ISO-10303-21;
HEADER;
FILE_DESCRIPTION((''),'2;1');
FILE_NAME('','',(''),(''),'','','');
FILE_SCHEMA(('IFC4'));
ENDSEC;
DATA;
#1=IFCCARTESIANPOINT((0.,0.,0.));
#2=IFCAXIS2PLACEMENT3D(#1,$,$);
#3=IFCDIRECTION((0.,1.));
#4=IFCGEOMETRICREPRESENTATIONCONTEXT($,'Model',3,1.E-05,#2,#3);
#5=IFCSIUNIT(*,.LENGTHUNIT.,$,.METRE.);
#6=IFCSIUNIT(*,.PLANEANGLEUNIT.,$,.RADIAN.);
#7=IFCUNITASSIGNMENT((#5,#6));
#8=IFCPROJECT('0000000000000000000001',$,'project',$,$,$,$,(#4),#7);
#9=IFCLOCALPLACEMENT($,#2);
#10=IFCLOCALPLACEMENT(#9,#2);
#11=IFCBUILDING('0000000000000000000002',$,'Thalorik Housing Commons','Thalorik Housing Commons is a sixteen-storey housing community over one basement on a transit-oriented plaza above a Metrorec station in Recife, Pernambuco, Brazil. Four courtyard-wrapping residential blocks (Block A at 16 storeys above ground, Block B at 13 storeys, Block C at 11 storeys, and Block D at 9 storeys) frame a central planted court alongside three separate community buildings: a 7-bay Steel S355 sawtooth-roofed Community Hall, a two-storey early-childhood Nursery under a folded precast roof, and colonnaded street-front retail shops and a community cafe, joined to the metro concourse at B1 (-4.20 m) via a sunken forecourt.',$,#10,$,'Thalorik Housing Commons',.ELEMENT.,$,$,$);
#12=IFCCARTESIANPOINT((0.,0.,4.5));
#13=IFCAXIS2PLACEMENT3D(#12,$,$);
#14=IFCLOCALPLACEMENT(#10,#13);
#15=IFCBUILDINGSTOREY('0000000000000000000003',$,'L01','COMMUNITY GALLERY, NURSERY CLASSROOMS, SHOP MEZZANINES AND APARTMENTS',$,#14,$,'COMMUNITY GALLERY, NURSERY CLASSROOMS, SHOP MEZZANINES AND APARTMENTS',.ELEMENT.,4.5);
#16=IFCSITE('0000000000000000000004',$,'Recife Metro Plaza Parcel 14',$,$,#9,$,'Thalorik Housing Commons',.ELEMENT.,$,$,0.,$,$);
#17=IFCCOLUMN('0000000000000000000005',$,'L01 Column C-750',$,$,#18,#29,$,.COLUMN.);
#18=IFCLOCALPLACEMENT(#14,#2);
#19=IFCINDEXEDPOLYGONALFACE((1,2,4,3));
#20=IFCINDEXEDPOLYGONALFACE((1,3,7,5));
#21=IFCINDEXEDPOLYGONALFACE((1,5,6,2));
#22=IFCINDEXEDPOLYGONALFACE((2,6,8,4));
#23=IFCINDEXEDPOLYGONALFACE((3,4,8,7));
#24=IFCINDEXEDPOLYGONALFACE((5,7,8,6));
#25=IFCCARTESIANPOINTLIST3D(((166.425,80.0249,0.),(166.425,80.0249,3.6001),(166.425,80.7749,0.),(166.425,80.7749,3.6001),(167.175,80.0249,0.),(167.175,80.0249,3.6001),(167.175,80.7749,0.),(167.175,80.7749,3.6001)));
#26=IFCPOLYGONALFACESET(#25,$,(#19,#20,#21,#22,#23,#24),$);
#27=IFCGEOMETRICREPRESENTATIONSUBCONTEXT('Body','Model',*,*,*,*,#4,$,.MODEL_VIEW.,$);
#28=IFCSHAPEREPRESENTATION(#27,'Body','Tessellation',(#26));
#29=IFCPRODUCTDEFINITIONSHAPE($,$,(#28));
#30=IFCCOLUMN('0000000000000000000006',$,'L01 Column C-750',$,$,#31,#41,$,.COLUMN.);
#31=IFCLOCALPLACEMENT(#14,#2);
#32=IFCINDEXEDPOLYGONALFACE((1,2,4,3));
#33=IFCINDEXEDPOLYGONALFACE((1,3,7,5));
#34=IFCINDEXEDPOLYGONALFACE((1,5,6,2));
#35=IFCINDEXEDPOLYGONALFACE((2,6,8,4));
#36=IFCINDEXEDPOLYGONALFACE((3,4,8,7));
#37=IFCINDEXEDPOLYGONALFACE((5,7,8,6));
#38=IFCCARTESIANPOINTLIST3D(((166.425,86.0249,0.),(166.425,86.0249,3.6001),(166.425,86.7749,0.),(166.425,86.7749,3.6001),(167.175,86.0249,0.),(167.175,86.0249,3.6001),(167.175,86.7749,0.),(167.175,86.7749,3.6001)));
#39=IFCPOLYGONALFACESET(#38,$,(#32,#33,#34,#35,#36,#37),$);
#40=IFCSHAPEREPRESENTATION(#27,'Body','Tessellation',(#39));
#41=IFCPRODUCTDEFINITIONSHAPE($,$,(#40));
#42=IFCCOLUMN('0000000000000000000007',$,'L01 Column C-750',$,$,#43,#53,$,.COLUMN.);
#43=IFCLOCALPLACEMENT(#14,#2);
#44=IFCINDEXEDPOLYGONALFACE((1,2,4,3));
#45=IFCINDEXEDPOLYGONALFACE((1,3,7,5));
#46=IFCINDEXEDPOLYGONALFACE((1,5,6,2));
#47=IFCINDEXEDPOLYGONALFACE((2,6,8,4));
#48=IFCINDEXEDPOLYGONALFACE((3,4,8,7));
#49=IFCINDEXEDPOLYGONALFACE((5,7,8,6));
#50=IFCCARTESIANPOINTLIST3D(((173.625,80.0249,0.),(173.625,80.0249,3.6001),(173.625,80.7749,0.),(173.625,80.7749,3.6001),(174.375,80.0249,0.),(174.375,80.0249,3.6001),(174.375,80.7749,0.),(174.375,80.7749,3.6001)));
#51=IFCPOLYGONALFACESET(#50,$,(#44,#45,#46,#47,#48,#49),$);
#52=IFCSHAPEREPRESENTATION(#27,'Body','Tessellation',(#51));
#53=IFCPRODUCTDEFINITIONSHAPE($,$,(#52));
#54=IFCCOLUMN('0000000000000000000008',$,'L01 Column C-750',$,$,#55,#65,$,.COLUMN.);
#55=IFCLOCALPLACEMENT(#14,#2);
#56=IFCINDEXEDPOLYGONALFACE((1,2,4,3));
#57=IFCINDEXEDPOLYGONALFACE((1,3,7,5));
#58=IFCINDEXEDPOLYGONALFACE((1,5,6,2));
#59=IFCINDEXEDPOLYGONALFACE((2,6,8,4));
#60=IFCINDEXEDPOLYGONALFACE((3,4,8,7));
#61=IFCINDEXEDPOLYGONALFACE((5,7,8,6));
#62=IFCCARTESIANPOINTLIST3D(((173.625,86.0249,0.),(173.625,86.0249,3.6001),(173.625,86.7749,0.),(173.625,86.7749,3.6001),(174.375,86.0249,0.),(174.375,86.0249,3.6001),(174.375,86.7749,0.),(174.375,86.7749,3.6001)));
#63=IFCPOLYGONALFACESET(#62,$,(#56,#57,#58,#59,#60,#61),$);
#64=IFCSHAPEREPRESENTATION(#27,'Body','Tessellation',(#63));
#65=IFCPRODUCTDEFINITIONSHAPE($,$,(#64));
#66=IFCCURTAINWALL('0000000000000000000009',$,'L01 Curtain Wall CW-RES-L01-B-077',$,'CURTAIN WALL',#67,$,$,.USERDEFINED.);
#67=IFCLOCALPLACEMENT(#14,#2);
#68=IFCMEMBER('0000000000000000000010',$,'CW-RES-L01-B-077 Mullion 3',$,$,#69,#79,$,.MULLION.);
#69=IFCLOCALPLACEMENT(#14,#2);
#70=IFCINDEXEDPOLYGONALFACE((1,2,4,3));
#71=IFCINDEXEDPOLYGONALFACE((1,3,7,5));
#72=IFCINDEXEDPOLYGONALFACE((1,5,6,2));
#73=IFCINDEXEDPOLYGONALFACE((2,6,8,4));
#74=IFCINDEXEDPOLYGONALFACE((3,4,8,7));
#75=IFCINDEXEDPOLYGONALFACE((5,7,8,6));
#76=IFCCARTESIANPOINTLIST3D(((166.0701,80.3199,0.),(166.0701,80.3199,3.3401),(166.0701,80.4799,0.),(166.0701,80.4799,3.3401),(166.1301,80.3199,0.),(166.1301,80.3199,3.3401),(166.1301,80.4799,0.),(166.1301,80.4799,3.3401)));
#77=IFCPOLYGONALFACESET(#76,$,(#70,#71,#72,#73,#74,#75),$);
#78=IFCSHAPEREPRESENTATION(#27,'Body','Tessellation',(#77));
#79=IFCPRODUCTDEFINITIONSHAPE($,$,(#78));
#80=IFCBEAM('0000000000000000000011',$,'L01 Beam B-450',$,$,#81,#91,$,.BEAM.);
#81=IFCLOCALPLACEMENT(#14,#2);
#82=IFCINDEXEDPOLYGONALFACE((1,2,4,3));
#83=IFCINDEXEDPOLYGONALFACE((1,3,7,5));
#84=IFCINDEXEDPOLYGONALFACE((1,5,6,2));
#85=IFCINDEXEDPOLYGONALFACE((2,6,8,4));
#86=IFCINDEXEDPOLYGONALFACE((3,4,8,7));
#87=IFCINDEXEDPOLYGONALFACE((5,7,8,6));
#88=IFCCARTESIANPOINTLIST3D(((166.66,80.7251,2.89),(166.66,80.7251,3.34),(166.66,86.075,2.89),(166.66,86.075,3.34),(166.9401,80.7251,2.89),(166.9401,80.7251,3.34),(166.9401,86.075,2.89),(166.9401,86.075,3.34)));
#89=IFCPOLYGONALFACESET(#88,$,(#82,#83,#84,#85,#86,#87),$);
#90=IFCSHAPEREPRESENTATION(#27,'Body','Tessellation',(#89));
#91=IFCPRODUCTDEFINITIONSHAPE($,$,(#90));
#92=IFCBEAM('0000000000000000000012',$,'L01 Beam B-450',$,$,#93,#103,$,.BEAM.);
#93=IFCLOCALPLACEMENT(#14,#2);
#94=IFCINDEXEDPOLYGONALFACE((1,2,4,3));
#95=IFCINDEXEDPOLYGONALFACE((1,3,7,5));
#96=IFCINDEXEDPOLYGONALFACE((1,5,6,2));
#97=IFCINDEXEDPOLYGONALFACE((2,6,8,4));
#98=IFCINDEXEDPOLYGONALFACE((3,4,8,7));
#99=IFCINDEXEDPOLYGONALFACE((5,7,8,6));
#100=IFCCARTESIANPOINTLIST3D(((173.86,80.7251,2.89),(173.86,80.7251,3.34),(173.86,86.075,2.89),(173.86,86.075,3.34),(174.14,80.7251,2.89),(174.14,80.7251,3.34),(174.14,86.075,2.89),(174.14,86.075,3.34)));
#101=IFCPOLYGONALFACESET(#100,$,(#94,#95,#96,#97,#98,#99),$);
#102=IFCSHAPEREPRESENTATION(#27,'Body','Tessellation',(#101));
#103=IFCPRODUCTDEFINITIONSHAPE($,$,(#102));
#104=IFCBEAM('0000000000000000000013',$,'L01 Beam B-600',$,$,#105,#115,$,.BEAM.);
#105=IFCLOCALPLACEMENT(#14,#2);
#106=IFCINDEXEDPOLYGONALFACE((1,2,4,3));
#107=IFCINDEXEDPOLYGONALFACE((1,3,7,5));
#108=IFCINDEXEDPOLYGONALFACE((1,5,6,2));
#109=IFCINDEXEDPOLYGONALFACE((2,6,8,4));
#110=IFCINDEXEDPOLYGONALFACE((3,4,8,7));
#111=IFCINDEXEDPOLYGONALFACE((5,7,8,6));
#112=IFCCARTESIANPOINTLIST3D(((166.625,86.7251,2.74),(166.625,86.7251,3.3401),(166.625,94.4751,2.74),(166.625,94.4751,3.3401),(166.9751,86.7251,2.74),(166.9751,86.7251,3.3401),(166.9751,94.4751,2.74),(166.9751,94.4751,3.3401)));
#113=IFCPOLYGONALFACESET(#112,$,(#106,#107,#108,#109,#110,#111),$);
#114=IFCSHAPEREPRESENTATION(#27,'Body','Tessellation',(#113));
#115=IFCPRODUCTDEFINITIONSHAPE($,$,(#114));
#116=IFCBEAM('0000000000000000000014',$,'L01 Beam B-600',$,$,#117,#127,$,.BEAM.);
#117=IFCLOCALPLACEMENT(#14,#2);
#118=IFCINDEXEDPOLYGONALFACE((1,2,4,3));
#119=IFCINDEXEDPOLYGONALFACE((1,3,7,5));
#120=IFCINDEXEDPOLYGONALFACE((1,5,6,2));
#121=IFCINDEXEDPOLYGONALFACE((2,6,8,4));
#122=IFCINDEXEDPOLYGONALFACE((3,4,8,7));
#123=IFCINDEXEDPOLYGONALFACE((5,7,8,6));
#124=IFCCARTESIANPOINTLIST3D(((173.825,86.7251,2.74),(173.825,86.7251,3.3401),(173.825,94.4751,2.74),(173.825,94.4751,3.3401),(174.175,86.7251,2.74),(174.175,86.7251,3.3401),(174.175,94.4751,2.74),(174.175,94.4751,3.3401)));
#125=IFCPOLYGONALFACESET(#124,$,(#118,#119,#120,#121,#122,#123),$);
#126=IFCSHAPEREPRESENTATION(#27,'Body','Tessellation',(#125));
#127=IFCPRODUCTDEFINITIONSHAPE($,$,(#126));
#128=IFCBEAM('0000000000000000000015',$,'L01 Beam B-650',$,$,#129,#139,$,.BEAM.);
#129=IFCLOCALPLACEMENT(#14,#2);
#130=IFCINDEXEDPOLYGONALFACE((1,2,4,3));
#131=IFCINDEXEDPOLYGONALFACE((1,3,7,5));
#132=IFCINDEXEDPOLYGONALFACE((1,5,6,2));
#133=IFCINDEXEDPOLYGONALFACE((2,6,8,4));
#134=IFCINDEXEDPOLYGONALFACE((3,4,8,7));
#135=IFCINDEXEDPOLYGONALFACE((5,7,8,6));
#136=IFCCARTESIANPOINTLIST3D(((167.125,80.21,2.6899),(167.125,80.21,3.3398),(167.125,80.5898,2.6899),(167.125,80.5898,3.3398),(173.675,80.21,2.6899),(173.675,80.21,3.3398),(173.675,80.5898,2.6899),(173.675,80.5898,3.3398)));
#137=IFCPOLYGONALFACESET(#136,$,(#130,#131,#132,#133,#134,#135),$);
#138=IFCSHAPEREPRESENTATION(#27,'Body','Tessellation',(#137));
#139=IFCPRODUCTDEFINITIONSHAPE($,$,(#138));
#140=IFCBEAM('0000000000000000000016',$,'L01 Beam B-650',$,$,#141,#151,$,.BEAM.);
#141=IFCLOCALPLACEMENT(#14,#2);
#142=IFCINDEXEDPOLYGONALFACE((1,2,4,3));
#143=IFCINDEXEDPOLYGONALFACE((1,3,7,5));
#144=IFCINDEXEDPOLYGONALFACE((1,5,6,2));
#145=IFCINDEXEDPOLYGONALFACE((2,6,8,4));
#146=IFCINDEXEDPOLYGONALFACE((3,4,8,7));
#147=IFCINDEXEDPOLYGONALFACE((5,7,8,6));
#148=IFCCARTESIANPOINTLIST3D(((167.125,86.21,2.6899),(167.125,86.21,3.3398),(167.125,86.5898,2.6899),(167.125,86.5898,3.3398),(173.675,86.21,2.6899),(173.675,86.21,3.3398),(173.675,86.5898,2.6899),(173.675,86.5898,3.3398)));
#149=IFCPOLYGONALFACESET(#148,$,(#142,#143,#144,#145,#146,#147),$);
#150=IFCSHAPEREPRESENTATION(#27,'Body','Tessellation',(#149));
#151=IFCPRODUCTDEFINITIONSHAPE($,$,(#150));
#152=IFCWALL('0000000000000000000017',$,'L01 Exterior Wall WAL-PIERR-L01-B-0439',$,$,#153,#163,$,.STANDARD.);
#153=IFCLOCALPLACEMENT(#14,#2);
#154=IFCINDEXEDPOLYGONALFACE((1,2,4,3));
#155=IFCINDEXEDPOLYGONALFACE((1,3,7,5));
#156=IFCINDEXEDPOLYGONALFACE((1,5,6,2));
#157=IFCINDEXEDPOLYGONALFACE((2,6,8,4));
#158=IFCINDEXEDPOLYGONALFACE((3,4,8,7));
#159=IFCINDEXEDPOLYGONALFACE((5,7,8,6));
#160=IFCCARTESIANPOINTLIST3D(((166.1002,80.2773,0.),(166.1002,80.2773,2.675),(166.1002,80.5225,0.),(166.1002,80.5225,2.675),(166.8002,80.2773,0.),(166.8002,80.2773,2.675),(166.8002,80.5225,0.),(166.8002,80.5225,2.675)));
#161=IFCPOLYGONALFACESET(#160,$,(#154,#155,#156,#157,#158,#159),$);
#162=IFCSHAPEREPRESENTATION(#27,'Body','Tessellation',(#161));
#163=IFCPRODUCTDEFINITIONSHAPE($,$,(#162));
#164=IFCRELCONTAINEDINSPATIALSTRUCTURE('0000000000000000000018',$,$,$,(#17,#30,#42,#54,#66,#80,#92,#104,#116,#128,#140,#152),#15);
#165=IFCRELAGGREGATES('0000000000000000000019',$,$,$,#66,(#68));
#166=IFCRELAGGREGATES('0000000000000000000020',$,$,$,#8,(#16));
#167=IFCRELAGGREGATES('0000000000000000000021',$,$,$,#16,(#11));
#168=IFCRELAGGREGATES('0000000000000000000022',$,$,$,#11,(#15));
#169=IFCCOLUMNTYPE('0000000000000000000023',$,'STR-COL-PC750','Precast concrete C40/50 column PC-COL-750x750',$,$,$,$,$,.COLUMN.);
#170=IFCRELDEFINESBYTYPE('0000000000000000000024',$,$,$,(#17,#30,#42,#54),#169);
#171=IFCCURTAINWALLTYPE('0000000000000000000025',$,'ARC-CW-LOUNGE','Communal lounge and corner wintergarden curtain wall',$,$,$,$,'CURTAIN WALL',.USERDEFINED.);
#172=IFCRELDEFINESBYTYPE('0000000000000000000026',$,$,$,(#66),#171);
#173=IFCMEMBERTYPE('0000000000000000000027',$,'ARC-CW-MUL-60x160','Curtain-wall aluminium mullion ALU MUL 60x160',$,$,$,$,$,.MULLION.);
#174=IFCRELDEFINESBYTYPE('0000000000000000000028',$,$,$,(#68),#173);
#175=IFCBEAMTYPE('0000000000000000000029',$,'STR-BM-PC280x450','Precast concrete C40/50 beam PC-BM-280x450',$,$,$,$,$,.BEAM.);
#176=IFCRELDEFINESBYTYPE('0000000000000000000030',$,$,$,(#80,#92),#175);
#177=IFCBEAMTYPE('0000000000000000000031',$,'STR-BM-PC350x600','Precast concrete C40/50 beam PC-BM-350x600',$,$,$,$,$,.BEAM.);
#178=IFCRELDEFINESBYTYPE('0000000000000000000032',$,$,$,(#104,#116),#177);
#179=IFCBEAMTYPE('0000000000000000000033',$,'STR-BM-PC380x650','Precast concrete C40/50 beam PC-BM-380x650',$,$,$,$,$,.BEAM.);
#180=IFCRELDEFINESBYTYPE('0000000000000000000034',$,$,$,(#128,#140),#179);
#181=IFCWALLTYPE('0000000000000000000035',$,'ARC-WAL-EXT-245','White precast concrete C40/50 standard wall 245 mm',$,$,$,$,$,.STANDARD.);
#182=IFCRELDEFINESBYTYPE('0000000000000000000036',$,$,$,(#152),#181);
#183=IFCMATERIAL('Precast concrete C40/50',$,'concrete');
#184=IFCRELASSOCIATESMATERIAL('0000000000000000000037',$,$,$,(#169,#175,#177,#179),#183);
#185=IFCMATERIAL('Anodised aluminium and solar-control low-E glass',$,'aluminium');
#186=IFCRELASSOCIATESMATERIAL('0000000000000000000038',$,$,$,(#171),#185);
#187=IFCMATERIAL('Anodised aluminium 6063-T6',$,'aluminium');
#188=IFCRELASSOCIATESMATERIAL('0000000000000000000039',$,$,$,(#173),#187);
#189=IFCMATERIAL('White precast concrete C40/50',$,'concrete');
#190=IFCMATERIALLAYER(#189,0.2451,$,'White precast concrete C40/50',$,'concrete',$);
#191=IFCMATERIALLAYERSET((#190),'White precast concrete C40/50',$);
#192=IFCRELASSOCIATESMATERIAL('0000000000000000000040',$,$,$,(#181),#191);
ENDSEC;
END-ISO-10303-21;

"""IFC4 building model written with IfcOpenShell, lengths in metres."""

from ifc_helpers import new_model, si_unit, direction, frame, frame_2d, origin, origin_2d, place, context, subcontext, project, spatial, rectangle, extrude, material, layer, layer_set, material_profile, profile_set, type_object, element, aggregate, save


model = new_model("IFC4")

# Units and contexts
model_context = context("Model", 3, precision=1e-05, world=origin(), true_north=direction((0.0, 1.0)))
body_context = subcontext(model_context, "Body", "Model", "MODEL_VIEW")
ifc_project = project(units=[si_unit("LENGTHUNIT", "METRE"), si_unit("PLANEANGLEUNIT", "RADIAN")], contexts=[model_context])

# Site, building, storey
site_placement = place(None, origin())
site = spatial("IfcSite", under=ifc_project, at=site_placement, Name="Recife Metro Plaza Parcel 14", LongName="Thalorik Housing Commons", CompositionType="ELEMENT", RefElevation=0.0)
building_placement = place(site_placement, origin())
building = spatial("IfcBuilding", under=site, at=building_placement, Name="Thalorik Housing Commons", Description="Thalorik Housing Commons is a sixteen-storey housing community over one basement on a transit-oriented plaza above a Metrorec station in Recife, Pernambuco, Brazil. Four courtyard-wrapping residential blocks (Block A at 16 storeys above ground, Block B at 13 storeys, Block C at 11 storeys, and Block D at 9 storeys) frame a central planted court alongside three separate community buildings: a 7-bay Steel S355 sawtooth-roofed Community Hall, a two-storey early-childhood Nursery under a folded precast roof, and colonnaded street-front retail shops and a community cafe, joined to the metro concourse at B1 (-4.20 m) via a sunken forecourt.", LongName="Thalorik Housing Commons", CompositionType="ELEMENT")
storey_placement = place(building_placement, frame((0.0, 0.0, 4.5)))
storey = spatial("IfcBuildingStorey", under=building, at=storey_placement, Name="L01", Description="COMMUNITY GALLERY, NURSERY CLASSROOMS, SHOP MEZZANINES AND APARTMENTS", LongName="COMMUNITY GALLERY, NURSERY CLASSROOMS, SHOP MEZZANINES AND APARTMENTS", CompositionType="ELEMENT", Elevation=4.5)

# Columns
ifc_material_1 = material(Name="Precast concrete C40/50", Category="concrete")
ifc_material_profile_1 = material_profile(ifc_material_1, rectangle(XDim=0.75, YDim=0.75, at=origin_2d()), Name="PC 750x750", Category="concrete")
ifc_profile_set_1 = profile_set([ifc_material_profile_1], Name="Precast concrete C40/50")
column_type = type_object("IfcColumnType", Name="STR-COL-PC750", Description="Precast concrete C40/50 column PC-COL-750x750", PredefinedType="COLUMN", material=ifc_profile_set_1)
for number, where, z_axis, x_axis, name in (
    (1, (166.8, 80.3999, 0.0), (0.0, 0.0, 1.0), (1.0, 0.0, 0.0), "L01 Column C-750"),
    (2, (166.8, 86.3999, 0.0), (0.0, 0.0, 1.0), (1.0, 0.0, 0.0), "L01 Column C-750"),
    (3, (174.0, 80.3999, 0.0), (0.0, 0.0, 1.0), (1.0, 0.0, 0.0), "L01 Column C-750"),
    (4, (174.0, 86.3999, 0.0), (0.0, 0.0, 1.0), (1.0, 0.0, 0.0), "L01 Column C-750"),
):
    element("IfcColumn", number, at=place(storey_placement, frame(where, z_axis=z_axis, x_axis=x_axis)), inside=storey, type_object=column_type, Name=name, PredefinedType="COLUMN", context=body_context, shape_type="SweptSolid", body=[
        extrude(rectangle(XDim=0.75, YDim=0.75, at=origin_2d()), origin(), (0.0, 0.0, 1.0), 3.6001),
    ])

# Curtain wall, member
ifc_material_2 = material(Name="Anodised aluminium and solar-control low-E glass", Category="aluminium")
curtain_wall_type = type_object("IfcCurtainWallType", Name="ARC-CW-LOUNGE", Description="Communal lounge and corner wintergarden curtain wall", ElementType="CURTAIN WALL", PredefinedType="USERDEFINED", material=ifc_material_2)
curtain_wall_placement = place(storey_placement, origin())
curtain_wall = element("IfcCurtainWall", 5, at=curtain_wall_placement, inside=storey, type_object=curtain_wall_type, Name="L01 Curtain Wall CW-RES-L01-B-077", ObjectType="CURTAIN WALL", PredefinedType="USERDEFINED")
ifc_material_3 = material(Name="Anodised aluminium 6063-T6", Category="aluminium")
ifc_material_profile_2 = material_profile(ifc_material_3, rectangle(XDim=0.0601, YDim=0.1599, at=origin_2d()), Name="ALU MUL 60x160", Category="aluminium")
ifc_profile_set_2 = profile_set([ifc_material_profile_2], Name="Anodised aluminium 6063-T6")
member_type = type_object("IfcMemberType", Name="ARC-CW-MUL-60x160", Description="Curtain-wall aluminium mullion ALU MUL 60x160", PredefinedType="MULLION", material=ifc_profile_set_2)
member_placement = place(storey_placement, frame((166.1001, 80.3999, 0.0), z_axis=(0.0, 0.0, 1.0), x_axis=(1.0, 0.0, 0.0)))
member = element("IfcMember", 6, at=member_placement, type_object=member_type, Name="CW-RES-L01-B-077 Mullion 3", PredefinedType="MULLION", context=body_context, shape_type="SweptSolid", body=[
    extrude(rectangle(XDim=0.0601, YDim=0.1599, at=origin_2d()), origin(), (0.0, 0.0, 1.0), 3.3401),
])
aggregate(curtain_wall, [member])

# Beams
ifc_material_profile_3 = material_profile(ifc_material_1, rectangle(XDim=0.28, YDim=0.45, at=origin_2d()), Name="PC 280x450", Category="concrete")
ifc_profile_set_3 = profile_set([ifc_material_profile_3], Name="Precast concrete C40/50")
beam_type_1 = type_object("IfcBeamType", Name="STR-BM-PC280x450", Description="Precast concrete C40/50 beam PC-BM-280x450", PredefinedType="BEAM", material=ifc_profile_set_3)
for number, where, z_axis, x_axis, name in (
    (7, (166.8, 80.7251, 3.115), (0.0, 1.0, 0.0), (-1.0, 0.0, 0.0), "L01 Beam B-450"),
    (8, (174.0, 80.7251, 3.115), (0.0, 1.0, 0.0), (-1.0, 0.0, 0.0), "L01 Beam B-450"),
):
    element("IfcBeam", number, at=place(storey_placement, frame(where, z_axis=z_axis, x_axis=x_axis)), inside=storey, type_object=beam_type_1, Name=name, PredefinedType="BEAM", context=body_context, shape_type="SweptSolid", body=[
        extrude(rectangle(XDim=0.28, YDim=0.45, at=origin_2d()), origin(), (0.0, 0.0, 1.0), 5.3499),
    ])
ifc_material_profile_4 = material_profile(ifc_material_1, rectangle(XDim=0.3501, YDim=0.6001, at=origin_2d()), Name="PC 350x600", Category="concrete")
ifc_profile_set_4 = profile_set([ifc_material_profile_4], Name="Precast concrete C40/50")
beam_type_2 = type_object("IfcBeamType", Name="STR-BM-PC350x600", Description="Precast concrete C40/50 beam PC-BM-350x600", PredefinedType="BEAM", material=ifc_profile_set_4)
for number, where, z_axis, x_axis, name in (
    (9, (166.8, 86.7251, 3.04), (0.0, 1.0, 0.0), (-1.0, 0.0, 0.0), "L01 Beam B-600"),
    (10, (174.0, 86.7251, 3.04), (0.0, 1.0, 0.0), (-1.0, 0.0, 0.0), "L01 Beam B-600"),
):
    element("IfcBeam", number, at=place(storey_placement, frame(where, z_axis=z_axis, x_axis=x_axis)), inside=storey, type_object=beam_type_2, Name=name, PredefinedType="BEAM", context=body_context, shape_type="SweptSolid", body=[
        extrude(rectangle(XDim=0.3501, YDim=0.6001, at=origin_2d()), origin(), (0.0, 0.0, 1.0), 7.75),
    ])
ifc_material_profile_5 = material_profile(ifc_material_1, rectangle(XDim=0.3799, YDim=0.6499, at=origin_2d()), Name="PC 380x650", Category="concrete")
ifc_profile_set_5 = profile_set([ifc_material_profile_5], Name="Precast concrete C40/50")
beam_type_3 = type_object("IfcBeamType", Name="STR-BM-PC380x650", Description="Precast concrete C40/50 beam PC-BM-380x650", PredefinedType="BEAM", material=ifc_profile_set_5)
for number, where, z_axis, x_axis, name in (
    (11, (167.125, 80.3999, 3.0149), (1.0, 0.0, 0.0), (0.0, 1.0, 0.0), "L01 Beam B-650"),
    (12, (167.125, 86.3999, 3.0149), (1.0, 0.0, 0.0), (0.0, 1.0, 0.0), "L01 Beam B-650"),
):
    element("IfcBeam", number, at=place(storey_placement, frame(where, z_axis=z_axis, x_axis=x_axis)), inside=storey, type_object=beam_type_3, Name=name, PredefinedType="BEAM", context=body_context, shape_type="SweptSolid", body=[
        extrude(rectangle(XDim=0.3799, YDim=0.6499, at=origin_2d()), origin(), (0.0, 0.0, 1.0), 6.55),
    ])

# Wall
ifc_material_4 = material(Name="White precast concrete C40/50", Category="concrete")
ifc_layer_1 = layer(ifc_material_4, 0.2451, Name="White precast concrete C40/50", Category="concrete")
ifc_layer_set_1 = layer_set([ifc_layer_1], Name="White precast concrete C40/50")
wall_type = type_object("IfcWallType", Name="ARC-WAL-EXT-245", Description="White precast concrete C40/50 standard wall 245 mm", PredefinedType="STANDARD", material=ifc_layer_set_1)
wall_1_placement = place(storey_placement, frame((166.1001, 80.3999, 0.0), z_axis=(0.0, 0.0, 1.0), x_axis=(1.0, 0.0, 0.0)))
element("IfcWall", 13, at=wall_1_placement, inside=storey, type_object=wall_type, Name="L01 Exterior Wall WAL-PIERR-L01-B-0439", PredefinedType="STANDARD", context=body_context, shape_type="SweptSolid", body=[
    extrude(rectangle(XDim=0.7, YDim=0.2451, at=frame_2d((0.3501, 0.0))), origin(), (0.0, 0.0, 1.0), 2.675),
])

save(model, "model.ifc")
